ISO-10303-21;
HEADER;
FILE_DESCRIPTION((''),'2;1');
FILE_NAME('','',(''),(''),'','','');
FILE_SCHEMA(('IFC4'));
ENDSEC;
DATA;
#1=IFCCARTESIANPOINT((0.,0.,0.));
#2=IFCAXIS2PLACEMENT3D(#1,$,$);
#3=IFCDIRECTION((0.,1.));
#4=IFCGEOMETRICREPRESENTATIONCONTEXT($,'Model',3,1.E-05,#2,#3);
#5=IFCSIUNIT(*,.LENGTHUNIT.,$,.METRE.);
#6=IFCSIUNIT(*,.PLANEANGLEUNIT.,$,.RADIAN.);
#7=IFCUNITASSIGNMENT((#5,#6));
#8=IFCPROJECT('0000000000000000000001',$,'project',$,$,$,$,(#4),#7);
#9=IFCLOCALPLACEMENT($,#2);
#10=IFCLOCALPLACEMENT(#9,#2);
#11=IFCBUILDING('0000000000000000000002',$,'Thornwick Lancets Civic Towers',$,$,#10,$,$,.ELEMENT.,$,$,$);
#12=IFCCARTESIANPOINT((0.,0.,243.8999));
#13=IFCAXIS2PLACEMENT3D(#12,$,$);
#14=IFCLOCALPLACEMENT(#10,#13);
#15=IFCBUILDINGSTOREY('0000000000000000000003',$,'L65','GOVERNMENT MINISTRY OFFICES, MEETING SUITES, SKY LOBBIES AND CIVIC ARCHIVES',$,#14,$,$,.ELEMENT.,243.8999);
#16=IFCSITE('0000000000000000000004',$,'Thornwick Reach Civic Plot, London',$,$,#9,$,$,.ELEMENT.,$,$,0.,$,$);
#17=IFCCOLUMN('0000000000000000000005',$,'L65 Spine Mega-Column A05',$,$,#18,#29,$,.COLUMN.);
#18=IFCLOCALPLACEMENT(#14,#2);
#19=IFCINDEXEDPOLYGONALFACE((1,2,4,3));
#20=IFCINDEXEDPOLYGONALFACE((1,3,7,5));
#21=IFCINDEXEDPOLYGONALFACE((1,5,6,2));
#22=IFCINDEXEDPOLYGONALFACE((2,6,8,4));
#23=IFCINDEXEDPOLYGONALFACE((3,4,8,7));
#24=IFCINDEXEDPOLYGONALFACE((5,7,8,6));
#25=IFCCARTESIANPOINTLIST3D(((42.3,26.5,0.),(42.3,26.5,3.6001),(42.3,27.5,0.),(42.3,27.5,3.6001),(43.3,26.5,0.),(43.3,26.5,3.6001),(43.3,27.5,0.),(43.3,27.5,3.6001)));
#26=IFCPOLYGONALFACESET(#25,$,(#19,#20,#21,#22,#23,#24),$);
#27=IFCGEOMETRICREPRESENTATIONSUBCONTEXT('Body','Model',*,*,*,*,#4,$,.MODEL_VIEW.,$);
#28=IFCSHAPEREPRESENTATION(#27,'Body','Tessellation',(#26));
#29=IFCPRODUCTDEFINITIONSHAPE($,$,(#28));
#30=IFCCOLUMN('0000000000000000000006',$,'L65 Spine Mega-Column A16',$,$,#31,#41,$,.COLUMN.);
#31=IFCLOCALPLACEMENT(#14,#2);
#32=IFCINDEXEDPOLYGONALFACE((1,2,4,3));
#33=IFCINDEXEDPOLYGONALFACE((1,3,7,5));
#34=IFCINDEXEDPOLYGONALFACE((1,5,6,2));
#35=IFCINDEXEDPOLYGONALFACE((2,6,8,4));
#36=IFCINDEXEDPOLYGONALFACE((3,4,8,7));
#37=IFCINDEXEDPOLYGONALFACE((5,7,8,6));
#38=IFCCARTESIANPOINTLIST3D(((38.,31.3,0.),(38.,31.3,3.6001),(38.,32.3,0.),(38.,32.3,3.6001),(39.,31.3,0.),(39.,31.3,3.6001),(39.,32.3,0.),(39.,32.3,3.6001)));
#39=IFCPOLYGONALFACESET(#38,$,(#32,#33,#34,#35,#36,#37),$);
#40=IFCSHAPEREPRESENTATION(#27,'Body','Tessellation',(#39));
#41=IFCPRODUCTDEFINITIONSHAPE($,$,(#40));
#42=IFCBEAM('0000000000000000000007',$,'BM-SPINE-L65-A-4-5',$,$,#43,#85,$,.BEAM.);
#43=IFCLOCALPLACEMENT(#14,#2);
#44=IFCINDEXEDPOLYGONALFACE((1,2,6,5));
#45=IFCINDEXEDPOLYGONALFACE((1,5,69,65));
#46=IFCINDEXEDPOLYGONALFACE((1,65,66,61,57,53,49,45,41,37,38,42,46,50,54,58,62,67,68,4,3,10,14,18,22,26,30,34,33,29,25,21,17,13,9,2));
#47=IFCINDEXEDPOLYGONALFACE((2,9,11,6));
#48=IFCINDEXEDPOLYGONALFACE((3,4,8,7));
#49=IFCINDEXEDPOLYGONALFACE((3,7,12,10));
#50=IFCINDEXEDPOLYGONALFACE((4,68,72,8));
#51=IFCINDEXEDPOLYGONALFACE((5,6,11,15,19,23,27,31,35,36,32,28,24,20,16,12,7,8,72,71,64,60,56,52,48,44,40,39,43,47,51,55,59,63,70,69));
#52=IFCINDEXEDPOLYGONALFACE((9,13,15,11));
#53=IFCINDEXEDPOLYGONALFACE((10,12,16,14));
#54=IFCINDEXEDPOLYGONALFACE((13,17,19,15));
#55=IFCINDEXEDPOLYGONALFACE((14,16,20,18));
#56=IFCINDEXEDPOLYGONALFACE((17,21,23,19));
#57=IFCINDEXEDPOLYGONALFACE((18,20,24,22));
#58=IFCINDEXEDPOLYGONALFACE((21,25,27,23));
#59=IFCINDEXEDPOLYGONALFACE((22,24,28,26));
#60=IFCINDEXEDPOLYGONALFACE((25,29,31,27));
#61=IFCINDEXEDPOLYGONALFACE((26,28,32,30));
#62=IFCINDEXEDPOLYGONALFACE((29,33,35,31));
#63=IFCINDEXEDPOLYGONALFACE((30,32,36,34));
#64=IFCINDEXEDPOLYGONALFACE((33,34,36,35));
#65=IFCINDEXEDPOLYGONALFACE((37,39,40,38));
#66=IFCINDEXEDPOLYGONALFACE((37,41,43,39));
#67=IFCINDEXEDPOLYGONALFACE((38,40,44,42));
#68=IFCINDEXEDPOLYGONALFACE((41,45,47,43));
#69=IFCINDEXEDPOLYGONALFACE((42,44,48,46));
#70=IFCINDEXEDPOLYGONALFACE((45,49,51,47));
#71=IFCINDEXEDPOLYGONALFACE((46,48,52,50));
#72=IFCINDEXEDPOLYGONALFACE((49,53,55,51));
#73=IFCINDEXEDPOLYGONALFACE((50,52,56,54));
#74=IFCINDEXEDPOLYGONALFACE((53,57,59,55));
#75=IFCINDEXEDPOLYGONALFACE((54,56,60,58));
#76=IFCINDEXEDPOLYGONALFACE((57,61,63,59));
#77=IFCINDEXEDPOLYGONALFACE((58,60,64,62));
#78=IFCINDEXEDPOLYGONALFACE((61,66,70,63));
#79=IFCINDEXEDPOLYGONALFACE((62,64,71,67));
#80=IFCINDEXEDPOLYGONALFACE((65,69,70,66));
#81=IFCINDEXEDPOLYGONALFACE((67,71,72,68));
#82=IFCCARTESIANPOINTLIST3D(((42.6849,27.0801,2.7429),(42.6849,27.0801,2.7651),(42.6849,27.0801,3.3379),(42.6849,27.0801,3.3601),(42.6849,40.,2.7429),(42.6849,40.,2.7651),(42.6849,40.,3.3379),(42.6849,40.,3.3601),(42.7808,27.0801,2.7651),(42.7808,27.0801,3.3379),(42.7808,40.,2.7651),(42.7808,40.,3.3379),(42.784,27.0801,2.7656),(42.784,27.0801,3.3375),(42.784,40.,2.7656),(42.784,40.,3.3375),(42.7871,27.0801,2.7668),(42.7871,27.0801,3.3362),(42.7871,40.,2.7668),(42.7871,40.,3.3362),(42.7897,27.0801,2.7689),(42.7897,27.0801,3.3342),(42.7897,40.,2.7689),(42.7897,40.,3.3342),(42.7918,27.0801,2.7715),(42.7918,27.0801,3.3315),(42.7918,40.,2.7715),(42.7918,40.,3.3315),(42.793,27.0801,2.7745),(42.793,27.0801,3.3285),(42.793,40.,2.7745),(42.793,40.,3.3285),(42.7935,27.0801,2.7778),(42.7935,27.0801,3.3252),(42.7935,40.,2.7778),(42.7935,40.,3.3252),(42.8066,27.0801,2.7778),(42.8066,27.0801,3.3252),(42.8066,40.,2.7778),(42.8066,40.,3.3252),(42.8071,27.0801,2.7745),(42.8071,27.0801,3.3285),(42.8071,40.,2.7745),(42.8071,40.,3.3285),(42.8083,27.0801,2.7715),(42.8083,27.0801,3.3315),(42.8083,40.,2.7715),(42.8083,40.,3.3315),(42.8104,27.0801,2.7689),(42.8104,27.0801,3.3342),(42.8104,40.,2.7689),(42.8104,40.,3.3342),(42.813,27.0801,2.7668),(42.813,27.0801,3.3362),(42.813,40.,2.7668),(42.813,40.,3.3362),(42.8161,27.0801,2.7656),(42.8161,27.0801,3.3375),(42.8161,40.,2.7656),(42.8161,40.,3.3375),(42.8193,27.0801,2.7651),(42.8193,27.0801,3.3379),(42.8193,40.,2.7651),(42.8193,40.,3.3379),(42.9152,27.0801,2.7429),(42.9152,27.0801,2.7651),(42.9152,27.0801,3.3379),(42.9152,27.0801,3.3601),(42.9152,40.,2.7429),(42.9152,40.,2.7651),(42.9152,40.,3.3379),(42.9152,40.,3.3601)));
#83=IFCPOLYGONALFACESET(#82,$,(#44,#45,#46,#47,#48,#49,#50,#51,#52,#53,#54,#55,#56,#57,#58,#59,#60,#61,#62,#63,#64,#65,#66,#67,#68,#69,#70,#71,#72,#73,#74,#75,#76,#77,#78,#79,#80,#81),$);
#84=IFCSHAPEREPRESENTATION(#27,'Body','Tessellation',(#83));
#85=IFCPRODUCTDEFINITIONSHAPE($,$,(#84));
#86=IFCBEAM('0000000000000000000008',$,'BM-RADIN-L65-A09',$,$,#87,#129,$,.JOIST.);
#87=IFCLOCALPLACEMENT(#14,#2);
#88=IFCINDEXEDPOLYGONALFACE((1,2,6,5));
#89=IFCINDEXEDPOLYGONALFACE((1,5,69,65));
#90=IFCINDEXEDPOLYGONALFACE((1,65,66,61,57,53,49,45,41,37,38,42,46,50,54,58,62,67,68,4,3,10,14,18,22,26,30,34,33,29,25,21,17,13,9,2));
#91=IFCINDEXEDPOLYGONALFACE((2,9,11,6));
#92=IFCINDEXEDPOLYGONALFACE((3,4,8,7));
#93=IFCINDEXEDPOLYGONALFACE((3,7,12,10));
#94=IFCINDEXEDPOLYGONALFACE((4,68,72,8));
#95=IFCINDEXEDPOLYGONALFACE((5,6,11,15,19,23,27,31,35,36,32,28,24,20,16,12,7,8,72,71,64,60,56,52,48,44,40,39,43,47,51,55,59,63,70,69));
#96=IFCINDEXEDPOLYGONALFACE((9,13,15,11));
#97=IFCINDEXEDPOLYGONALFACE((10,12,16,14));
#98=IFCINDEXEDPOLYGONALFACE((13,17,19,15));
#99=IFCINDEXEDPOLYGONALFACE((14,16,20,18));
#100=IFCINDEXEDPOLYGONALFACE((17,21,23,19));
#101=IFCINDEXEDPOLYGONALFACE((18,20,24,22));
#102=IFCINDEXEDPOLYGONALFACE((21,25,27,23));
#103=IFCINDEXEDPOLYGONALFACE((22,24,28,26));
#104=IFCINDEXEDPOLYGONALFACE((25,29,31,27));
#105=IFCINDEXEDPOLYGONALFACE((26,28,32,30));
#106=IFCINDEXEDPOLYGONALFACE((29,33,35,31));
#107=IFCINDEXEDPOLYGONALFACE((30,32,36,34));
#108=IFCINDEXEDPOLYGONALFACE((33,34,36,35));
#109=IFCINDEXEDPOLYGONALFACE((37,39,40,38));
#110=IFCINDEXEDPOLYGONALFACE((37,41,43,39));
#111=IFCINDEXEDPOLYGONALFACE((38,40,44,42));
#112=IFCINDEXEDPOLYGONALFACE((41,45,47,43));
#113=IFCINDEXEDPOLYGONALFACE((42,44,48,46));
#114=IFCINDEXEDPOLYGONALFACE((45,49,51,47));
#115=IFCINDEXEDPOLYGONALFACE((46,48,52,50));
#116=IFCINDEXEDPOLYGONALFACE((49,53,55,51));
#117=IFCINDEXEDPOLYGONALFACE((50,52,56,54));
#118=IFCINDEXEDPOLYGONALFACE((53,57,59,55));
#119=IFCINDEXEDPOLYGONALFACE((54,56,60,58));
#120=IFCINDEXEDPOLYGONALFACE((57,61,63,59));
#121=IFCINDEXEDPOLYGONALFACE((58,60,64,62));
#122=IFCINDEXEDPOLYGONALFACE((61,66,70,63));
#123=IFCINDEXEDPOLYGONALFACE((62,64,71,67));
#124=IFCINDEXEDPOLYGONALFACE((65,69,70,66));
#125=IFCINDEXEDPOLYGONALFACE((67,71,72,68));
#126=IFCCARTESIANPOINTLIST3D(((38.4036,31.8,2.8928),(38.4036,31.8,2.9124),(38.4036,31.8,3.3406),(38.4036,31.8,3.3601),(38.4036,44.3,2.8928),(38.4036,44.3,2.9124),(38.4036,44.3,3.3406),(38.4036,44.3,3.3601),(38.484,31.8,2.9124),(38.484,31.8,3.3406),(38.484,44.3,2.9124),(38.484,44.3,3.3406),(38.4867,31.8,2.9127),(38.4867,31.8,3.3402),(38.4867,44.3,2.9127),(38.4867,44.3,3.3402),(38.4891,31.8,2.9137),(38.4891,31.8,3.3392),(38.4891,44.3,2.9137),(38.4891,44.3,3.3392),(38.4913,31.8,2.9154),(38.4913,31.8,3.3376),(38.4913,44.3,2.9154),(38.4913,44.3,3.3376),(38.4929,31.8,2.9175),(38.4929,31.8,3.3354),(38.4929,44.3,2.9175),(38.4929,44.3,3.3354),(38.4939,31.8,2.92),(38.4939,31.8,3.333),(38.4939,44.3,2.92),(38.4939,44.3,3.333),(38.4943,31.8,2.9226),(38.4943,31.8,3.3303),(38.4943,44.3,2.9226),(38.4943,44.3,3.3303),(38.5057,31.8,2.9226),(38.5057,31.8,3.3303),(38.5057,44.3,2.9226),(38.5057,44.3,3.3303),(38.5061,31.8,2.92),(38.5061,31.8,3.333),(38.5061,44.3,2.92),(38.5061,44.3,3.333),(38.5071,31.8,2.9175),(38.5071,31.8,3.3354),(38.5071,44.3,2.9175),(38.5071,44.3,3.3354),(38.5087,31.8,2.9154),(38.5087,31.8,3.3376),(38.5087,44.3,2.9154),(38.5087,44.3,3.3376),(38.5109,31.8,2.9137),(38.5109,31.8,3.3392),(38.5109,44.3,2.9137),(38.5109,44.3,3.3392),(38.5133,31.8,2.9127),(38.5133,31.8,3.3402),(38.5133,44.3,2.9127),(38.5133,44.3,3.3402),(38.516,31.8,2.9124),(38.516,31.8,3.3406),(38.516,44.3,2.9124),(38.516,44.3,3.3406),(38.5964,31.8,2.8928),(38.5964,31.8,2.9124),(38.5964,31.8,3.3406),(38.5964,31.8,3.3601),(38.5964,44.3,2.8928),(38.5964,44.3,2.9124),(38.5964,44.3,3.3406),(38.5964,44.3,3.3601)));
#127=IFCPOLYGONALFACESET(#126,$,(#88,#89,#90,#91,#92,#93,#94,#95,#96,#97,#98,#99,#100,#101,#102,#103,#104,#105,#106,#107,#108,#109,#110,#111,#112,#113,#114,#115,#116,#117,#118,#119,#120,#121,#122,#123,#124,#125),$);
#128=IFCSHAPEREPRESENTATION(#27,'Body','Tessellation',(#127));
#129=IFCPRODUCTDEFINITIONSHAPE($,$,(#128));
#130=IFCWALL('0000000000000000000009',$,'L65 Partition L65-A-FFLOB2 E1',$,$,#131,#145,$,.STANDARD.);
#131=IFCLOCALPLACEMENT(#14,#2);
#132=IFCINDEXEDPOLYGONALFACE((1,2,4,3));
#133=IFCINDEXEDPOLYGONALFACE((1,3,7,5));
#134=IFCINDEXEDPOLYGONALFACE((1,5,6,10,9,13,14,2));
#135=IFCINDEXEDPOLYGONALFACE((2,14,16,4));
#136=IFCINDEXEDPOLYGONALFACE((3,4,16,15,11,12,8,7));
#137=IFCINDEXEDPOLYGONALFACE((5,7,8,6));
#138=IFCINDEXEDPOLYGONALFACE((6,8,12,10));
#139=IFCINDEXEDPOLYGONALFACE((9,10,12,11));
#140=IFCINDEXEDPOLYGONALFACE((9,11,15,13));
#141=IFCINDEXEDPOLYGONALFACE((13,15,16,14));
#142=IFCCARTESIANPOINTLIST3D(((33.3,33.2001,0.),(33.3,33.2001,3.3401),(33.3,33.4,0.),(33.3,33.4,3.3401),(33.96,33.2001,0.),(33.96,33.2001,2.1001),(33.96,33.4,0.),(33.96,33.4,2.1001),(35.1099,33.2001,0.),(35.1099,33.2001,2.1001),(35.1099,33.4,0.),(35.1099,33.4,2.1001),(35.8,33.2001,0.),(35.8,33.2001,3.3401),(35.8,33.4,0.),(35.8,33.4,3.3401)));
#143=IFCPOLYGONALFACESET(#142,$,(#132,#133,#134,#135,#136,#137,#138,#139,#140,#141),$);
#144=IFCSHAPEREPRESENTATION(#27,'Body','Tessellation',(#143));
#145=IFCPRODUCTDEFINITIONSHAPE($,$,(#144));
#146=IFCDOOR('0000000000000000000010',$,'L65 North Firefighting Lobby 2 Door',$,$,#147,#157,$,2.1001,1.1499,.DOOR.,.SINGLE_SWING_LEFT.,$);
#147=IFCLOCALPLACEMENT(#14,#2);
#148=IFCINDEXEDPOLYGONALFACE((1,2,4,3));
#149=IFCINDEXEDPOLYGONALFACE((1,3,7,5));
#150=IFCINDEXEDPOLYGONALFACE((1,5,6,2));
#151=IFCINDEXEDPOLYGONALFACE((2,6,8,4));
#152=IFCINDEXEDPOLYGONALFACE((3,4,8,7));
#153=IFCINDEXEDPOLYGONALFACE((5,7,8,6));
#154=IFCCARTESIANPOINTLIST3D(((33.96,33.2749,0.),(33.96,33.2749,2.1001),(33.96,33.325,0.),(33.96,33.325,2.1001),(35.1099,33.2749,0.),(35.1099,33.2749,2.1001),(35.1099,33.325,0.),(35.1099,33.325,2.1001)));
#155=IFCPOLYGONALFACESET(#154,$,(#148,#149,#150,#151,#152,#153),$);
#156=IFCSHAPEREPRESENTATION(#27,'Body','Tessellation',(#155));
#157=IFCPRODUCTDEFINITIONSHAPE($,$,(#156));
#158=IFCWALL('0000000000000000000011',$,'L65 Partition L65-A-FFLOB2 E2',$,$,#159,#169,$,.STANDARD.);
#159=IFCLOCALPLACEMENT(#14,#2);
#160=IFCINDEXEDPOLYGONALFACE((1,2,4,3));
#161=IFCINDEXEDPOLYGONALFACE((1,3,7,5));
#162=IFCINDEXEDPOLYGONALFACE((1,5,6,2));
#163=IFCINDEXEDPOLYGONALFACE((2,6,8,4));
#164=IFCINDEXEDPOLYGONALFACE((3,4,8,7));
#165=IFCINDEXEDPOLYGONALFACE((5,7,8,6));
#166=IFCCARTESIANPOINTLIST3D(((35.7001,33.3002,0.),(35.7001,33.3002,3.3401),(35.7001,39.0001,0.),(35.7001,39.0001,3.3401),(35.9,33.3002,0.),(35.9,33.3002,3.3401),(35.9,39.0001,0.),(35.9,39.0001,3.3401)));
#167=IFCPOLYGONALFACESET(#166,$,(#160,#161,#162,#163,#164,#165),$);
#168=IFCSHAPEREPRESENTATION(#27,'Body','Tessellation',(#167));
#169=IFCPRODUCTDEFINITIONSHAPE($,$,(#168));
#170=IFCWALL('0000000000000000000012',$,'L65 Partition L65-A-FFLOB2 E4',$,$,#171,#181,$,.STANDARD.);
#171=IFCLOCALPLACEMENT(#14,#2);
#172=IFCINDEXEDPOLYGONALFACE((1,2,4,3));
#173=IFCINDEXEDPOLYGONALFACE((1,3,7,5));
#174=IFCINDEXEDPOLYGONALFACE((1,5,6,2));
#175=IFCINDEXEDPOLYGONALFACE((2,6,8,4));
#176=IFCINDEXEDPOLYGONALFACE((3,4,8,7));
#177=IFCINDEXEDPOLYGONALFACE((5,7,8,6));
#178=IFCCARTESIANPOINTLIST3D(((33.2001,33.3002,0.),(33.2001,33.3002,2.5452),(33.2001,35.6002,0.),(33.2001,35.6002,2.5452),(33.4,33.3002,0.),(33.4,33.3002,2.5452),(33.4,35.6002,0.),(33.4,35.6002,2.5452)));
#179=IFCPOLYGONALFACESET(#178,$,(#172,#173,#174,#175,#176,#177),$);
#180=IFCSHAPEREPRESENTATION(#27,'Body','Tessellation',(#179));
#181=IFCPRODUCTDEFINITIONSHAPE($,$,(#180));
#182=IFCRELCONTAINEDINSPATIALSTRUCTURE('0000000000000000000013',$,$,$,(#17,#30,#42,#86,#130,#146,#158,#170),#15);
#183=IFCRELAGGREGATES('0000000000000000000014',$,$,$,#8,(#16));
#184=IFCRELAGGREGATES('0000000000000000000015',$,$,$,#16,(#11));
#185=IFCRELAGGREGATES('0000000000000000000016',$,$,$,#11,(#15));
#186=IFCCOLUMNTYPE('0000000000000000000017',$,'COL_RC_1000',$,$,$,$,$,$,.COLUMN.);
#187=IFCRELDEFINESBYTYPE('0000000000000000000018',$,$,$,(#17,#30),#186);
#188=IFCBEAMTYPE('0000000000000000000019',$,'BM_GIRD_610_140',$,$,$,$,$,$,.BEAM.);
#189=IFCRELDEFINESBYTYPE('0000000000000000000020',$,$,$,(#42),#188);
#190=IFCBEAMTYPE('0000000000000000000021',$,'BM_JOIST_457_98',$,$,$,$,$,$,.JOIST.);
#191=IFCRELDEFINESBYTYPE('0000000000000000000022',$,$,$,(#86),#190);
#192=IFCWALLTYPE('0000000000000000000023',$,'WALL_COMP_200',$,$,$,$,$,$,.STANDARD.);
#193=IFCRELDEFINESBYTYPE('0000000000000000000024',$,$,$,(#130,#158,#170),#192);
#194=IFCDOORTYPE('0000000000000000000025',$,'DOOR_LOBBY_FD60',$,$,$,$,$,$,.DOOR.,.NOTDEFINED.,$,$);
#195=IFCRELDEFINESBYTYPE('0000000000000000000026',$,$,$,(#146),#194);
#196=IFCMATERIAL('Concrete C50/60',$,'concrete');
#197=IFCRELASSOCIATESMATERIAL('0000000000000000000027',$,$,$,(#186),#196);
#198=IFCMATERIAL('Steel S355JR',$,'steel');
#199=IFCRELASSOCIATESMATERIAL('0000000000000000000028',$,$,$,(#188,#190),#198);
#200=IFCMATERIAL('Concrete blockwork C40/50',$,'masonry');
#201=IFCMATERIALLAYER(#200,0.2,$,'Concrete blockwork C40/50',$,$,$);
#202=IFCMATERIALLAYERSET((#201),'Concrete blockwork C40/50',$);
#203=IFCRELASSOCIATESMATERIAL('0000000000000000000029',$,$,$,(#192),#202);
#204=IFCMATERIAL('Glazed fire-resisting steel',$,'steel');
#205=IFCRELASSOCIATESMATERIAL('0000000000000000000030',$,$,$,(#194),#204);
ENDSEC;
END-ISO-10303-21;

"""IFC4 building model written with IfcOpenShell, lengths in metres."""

from ifc_helpers import new_model, si_unit, direction, frame, frame_2d, origin, origin_2d, place, context, subcontext, project, spatial, rectangle, i_section, extrude, material, layer, layer_set, material_profile, profile_set, type_object, element, fill, save


model = new_model("IFC4")

# Units and contexts
model_context = context("Model", 3, precision=1e-05, world=origin(), true_north=direction((0.0, 1.0)))
body_context = subcontext(model_context, "Body", "Model", "MODEL_VIEW")
ifc_project = project(units=[si_unit("LENGTHUNIT", "METRE"), si_unit("PLANEANGLEUNIT", "RADIAN")], contexts=[model_context])

# Site, building, storey
site_placement = place(None, origin())
site = spatial("IfcSite", under=ifc_project, at=site_placement, Name="Thornwick Reach Civic Plot, London", CompositionType="ELEMENT", RefElevation=0.0)
building_placement = place(site_placement, origin())
building = spatial("IfcBuilding", under=site, at=building_placement, Name="Thornwick Lancets Civic Towers", CompositionType="ELEMENT")
storey_placement = place(building_placement, frame((0.0, 0.0, 243.8999)))
storey = spatial("IfcBuildingStorey", under=building, at=storey_placement, Name="L65", Description="GOVERNMENT MINISTRY OFFICES, MEETING SUITES, SKY LOBBIES AND CIVIC ARCHIVES", CompositionType="ELEMENT", Elevation=243.8999)

# Columns
ifc_material_1 = material(Name="Concrete C50/60", Category="concrete")
ifc_material_profile_1 = material_profile(ifc_material_1, rectangle(XDim=1.0, YDim=1.0, at=origin_2d()), Name="RC 1000x1000")
ifc_profile_set_1 = profile_set([ifc_material_profile_1], Name="Concrete C50/60")
column_type = type_object("IfcColumnType", Name="COL_RC_1000", PredefinedType="COLUMN", material=ifc_profile_set_1)
for number, where, z_axis, x_axis, name in (
    (1, (42.8, 27.0, 0.0), (0.0, 0.0, 1.0), (1.0, 0.0, 0.0), "L65 Spine Mega-Column A05"),
    (2, (38.5, 31.8, 0.0), (0.0, 0.0, 1.0), (1.0, 0.0, 0.0), "L65 Spine Mega-Column A16"),
):
    element("IfcColumn", number, at=place(storey_placement, frame(where, z_axis=z_axis, x_axis=x_axis)), inside=storey, type_object=column_type, Name=name, PredefinedType="COLUMN", context=body_context, shape_type="SweptSolid", body=[
        extrude(rectangle(XDim=1.0, YDim=1.0, at=origin_2d()), origin(), (0.0, 0.0, 1.0), 3.6001),
    ])

# Beams
ifc_material_2 = material(Name="Steel S355JR", Category="steel")
ifc_material_profile_2 = material_profile(ifc_material_2, i_section(OverallWidth=0.2302, OverallDepth=0.6172, WebThickness=0.0132, FlangeThickness=0.0222, FilletRadius=0.0127, at=origin_2d()), Name="UKB 610x229x140")
ifc_profile_set_2 = profile_set([ifc_material_profile_2], Name="Steel S355JR")
beam_type_1 = type_object("IfcBeamType", Name="BM_GIRD_610_140", PredefinedType="BEAM", material=ifc_profile_set_2)
beam_1_placement = place(storey_placement, frame((42.8, 27.0801, 3.0515), z_axis=(0.0, 1.0, 0.0), x_axis=(-1.0, 0.0, 0.0)))
element("IfcBeam", 3, at=beam_1_placement, inside=storey, type_object=beam_type_1, Name="BM-SPINE-L65-A-4-5", PredefinedType="BEAM", context=body_context, shape_type="SweptSolid", body=[
    extrude(i_section(OverallWidth=0.2302, OverallDepth=0.6172, WebThickness=0.0132, FlangeThickness=0.0222, FilletRadius=0.0127, at=origin_2d()), origin(), (0.0, 0.0, 1.0), 12.9199),
])
ifc_material_profile_3 = material_profile(ifc_material_2, i_section(OverallWidth=0.1929, OverallDepth=0.4673, WebThickness=0.0115, FlangeThickness=0.0195, FilletRadius=0.0103, at=origin_2d()), Name="UKB 457x191x98")
ifc_profile_set_3 = profile_set([ifc_material_profile_3], Name="Steel S355JR")
beam_type_2 = type_object("IfcBeamType", Name="BM_JOIST_457_98", PredefinedType="JOIST", material=ifc_profile_set_3)
beam_2_placement = place(storey_placement, frame((38.5, 31.8, 3.1265), z_axis=(0.0, 1.0, 0.0), x_axis=(-1.0, 0.0, 0.0)))
element("IfcBeam", 4, at=beam_2_placement, inside=storey, type_object=beam_type_2, Name="BM-RADIN-L65-A09", PredefinedType="JOIST", context=body_context, shape_type="SweptSolid", body=[
    extrude(i_section(OverallWidth=0.1929, OverallDepth=0.4673, WebThickness=0.0115, FlangeThickness=0.0195, FilletRadius=0.0103, at=origin_2d()), origin(), (0.0, 0.0, 1.0), 12.5),
])

# Wall, opening, door
ifc_material_3 = material(Name="Concrete blockwork C40/50", Category="masonry")
ifc_layer_1 = layer(ifc_material_3, 0.2, Name="Concrete blockwork C40/50")
ifc_layer_set_1 = layer_set([ifc_layer_1], Name="Concrete blockwork C40/50")
wall_type_1 = type_object("IfcWallType", Name="WALL_COMP_200", PredefinedType="STANDARD", material=ifc_layer_set_1)
wall_1_placement = place(storey_placement, frame((33.3, 33.3, 0.0), z_axis=(0.0, 0.0, 1.0), x_axis=(1.0, 0.0, 0.0)))
wall_1 = element("IfcWall", 5, at=wall_1_placement, inside=storey, type_object=wall_type_1, Name="L65 Partition L65-A-FFLOB2 E1", PredefinedType="STANDARD", context=body_context, shape_type="SweptSolid", body=[
    extrude(rectangle(XDim=2.5, YDim=0.2, at=frame_2d((1.25, 0.0))), origin(), (0.0, 0.0, 1.0), 3.3401),
])
opening_1_placement = place(wall_1_placement, frame((0.6599, 0.0, 0.0)))
opening_1 = element("IfcOpeningElement", 6, at=opening_1_placement, cuts=wall_1, PredefinedType="OPENING", context=body_context, shape_type="SweptSolid", body=[
    extrude(rectangle(XDim=1.1499, YDim=2.1001, at=frame_2d((0.575, 1.05))), frame((0.0, 0.1099, 0.0), z_axis=(0.0, -1.0, 0.0), x_axis=(1.0, 0.0, 0.0)), (0.0, 0.0, 1.0), 0.22),
])
ifc_material_4 = material(Name="Glazed fire-resisting steel", Category="steel")
door_type_1 = type_object("IfcDoorType", Name="DOOR_LOBBY_FD60", OperationType="NOTDEFINED", PredefinedType="DOOR", material=ifc_material_4)
door_1_placement = place(opening_1_placement, origin())
door_1 = element("IfcDoor", 7, at=door_1_placement, inside=storey, type_object=door_type_1, Name="L65 North Firefighting Lobby 2 Door", OperationType="SINGLE_SWING_LEFT", OverallHeight=2.1001, OverallWidth=1.1499, PredefinedType="DOOR", context=body_context, shape_type="SweptSolid", body=[
    extrude(rectangle(XDim=1.1499, YDim=2.1001, at=frame_2d((0.575, 1.05))), frame((0.0, 0.0249, 0.0), z_axis=(0.0, -1.0, 0.0), x_axis=(1.0, 0.0, 0.0)), (0.0, 0.0, 1.0), 0.05),
])
fill(opening_1, door_1)

# Walls
wall_2_placement = place(storey_placement, frame((35.8, 33.3, 0.0), z_axis=(0.0, 0.0, 1.0), x_axis=(0.0, 1.0, 0.0)))
element("IfcWall", 8, at=wall_2_placement, inside=storey, type_object=wall_type_1, Name="L65 Partition L65-A-FFLOB2 E2", PredefinedType="STANDARD", context=body_context, shape_type="SweptSolid", body=[
    extrude(rectangle(XDim=5.7, YDim=0.2, at=frame_2d((2.8501, 0.0))), origin(), (0.0, 0.0, 1.0), 3.3401),
])
wall_3_placement = place(storey_placement, frame((33.3, 35.6001, 0.0), z_axis=(0.0, 0.0, 1.0), x_axis=(0.0, -1.0, 0.0)))
element("IfcWall", 9, at=wall_3_placement, inside=storey, type_object=wall_type_1, Name="L65 Partition L65-A-FFLOB2 E4", PredefinedType="STANDARD", context=body_context, shape_type="SweptSolid", body=[
    extrude(rectangle(XDim=2.3, YDim=0.2, at=frame_2d((1.1499, 0.0))), origin(), (0.0, 0.0, 1.0), 2.5452),
])

save(model, "model.ifc")
